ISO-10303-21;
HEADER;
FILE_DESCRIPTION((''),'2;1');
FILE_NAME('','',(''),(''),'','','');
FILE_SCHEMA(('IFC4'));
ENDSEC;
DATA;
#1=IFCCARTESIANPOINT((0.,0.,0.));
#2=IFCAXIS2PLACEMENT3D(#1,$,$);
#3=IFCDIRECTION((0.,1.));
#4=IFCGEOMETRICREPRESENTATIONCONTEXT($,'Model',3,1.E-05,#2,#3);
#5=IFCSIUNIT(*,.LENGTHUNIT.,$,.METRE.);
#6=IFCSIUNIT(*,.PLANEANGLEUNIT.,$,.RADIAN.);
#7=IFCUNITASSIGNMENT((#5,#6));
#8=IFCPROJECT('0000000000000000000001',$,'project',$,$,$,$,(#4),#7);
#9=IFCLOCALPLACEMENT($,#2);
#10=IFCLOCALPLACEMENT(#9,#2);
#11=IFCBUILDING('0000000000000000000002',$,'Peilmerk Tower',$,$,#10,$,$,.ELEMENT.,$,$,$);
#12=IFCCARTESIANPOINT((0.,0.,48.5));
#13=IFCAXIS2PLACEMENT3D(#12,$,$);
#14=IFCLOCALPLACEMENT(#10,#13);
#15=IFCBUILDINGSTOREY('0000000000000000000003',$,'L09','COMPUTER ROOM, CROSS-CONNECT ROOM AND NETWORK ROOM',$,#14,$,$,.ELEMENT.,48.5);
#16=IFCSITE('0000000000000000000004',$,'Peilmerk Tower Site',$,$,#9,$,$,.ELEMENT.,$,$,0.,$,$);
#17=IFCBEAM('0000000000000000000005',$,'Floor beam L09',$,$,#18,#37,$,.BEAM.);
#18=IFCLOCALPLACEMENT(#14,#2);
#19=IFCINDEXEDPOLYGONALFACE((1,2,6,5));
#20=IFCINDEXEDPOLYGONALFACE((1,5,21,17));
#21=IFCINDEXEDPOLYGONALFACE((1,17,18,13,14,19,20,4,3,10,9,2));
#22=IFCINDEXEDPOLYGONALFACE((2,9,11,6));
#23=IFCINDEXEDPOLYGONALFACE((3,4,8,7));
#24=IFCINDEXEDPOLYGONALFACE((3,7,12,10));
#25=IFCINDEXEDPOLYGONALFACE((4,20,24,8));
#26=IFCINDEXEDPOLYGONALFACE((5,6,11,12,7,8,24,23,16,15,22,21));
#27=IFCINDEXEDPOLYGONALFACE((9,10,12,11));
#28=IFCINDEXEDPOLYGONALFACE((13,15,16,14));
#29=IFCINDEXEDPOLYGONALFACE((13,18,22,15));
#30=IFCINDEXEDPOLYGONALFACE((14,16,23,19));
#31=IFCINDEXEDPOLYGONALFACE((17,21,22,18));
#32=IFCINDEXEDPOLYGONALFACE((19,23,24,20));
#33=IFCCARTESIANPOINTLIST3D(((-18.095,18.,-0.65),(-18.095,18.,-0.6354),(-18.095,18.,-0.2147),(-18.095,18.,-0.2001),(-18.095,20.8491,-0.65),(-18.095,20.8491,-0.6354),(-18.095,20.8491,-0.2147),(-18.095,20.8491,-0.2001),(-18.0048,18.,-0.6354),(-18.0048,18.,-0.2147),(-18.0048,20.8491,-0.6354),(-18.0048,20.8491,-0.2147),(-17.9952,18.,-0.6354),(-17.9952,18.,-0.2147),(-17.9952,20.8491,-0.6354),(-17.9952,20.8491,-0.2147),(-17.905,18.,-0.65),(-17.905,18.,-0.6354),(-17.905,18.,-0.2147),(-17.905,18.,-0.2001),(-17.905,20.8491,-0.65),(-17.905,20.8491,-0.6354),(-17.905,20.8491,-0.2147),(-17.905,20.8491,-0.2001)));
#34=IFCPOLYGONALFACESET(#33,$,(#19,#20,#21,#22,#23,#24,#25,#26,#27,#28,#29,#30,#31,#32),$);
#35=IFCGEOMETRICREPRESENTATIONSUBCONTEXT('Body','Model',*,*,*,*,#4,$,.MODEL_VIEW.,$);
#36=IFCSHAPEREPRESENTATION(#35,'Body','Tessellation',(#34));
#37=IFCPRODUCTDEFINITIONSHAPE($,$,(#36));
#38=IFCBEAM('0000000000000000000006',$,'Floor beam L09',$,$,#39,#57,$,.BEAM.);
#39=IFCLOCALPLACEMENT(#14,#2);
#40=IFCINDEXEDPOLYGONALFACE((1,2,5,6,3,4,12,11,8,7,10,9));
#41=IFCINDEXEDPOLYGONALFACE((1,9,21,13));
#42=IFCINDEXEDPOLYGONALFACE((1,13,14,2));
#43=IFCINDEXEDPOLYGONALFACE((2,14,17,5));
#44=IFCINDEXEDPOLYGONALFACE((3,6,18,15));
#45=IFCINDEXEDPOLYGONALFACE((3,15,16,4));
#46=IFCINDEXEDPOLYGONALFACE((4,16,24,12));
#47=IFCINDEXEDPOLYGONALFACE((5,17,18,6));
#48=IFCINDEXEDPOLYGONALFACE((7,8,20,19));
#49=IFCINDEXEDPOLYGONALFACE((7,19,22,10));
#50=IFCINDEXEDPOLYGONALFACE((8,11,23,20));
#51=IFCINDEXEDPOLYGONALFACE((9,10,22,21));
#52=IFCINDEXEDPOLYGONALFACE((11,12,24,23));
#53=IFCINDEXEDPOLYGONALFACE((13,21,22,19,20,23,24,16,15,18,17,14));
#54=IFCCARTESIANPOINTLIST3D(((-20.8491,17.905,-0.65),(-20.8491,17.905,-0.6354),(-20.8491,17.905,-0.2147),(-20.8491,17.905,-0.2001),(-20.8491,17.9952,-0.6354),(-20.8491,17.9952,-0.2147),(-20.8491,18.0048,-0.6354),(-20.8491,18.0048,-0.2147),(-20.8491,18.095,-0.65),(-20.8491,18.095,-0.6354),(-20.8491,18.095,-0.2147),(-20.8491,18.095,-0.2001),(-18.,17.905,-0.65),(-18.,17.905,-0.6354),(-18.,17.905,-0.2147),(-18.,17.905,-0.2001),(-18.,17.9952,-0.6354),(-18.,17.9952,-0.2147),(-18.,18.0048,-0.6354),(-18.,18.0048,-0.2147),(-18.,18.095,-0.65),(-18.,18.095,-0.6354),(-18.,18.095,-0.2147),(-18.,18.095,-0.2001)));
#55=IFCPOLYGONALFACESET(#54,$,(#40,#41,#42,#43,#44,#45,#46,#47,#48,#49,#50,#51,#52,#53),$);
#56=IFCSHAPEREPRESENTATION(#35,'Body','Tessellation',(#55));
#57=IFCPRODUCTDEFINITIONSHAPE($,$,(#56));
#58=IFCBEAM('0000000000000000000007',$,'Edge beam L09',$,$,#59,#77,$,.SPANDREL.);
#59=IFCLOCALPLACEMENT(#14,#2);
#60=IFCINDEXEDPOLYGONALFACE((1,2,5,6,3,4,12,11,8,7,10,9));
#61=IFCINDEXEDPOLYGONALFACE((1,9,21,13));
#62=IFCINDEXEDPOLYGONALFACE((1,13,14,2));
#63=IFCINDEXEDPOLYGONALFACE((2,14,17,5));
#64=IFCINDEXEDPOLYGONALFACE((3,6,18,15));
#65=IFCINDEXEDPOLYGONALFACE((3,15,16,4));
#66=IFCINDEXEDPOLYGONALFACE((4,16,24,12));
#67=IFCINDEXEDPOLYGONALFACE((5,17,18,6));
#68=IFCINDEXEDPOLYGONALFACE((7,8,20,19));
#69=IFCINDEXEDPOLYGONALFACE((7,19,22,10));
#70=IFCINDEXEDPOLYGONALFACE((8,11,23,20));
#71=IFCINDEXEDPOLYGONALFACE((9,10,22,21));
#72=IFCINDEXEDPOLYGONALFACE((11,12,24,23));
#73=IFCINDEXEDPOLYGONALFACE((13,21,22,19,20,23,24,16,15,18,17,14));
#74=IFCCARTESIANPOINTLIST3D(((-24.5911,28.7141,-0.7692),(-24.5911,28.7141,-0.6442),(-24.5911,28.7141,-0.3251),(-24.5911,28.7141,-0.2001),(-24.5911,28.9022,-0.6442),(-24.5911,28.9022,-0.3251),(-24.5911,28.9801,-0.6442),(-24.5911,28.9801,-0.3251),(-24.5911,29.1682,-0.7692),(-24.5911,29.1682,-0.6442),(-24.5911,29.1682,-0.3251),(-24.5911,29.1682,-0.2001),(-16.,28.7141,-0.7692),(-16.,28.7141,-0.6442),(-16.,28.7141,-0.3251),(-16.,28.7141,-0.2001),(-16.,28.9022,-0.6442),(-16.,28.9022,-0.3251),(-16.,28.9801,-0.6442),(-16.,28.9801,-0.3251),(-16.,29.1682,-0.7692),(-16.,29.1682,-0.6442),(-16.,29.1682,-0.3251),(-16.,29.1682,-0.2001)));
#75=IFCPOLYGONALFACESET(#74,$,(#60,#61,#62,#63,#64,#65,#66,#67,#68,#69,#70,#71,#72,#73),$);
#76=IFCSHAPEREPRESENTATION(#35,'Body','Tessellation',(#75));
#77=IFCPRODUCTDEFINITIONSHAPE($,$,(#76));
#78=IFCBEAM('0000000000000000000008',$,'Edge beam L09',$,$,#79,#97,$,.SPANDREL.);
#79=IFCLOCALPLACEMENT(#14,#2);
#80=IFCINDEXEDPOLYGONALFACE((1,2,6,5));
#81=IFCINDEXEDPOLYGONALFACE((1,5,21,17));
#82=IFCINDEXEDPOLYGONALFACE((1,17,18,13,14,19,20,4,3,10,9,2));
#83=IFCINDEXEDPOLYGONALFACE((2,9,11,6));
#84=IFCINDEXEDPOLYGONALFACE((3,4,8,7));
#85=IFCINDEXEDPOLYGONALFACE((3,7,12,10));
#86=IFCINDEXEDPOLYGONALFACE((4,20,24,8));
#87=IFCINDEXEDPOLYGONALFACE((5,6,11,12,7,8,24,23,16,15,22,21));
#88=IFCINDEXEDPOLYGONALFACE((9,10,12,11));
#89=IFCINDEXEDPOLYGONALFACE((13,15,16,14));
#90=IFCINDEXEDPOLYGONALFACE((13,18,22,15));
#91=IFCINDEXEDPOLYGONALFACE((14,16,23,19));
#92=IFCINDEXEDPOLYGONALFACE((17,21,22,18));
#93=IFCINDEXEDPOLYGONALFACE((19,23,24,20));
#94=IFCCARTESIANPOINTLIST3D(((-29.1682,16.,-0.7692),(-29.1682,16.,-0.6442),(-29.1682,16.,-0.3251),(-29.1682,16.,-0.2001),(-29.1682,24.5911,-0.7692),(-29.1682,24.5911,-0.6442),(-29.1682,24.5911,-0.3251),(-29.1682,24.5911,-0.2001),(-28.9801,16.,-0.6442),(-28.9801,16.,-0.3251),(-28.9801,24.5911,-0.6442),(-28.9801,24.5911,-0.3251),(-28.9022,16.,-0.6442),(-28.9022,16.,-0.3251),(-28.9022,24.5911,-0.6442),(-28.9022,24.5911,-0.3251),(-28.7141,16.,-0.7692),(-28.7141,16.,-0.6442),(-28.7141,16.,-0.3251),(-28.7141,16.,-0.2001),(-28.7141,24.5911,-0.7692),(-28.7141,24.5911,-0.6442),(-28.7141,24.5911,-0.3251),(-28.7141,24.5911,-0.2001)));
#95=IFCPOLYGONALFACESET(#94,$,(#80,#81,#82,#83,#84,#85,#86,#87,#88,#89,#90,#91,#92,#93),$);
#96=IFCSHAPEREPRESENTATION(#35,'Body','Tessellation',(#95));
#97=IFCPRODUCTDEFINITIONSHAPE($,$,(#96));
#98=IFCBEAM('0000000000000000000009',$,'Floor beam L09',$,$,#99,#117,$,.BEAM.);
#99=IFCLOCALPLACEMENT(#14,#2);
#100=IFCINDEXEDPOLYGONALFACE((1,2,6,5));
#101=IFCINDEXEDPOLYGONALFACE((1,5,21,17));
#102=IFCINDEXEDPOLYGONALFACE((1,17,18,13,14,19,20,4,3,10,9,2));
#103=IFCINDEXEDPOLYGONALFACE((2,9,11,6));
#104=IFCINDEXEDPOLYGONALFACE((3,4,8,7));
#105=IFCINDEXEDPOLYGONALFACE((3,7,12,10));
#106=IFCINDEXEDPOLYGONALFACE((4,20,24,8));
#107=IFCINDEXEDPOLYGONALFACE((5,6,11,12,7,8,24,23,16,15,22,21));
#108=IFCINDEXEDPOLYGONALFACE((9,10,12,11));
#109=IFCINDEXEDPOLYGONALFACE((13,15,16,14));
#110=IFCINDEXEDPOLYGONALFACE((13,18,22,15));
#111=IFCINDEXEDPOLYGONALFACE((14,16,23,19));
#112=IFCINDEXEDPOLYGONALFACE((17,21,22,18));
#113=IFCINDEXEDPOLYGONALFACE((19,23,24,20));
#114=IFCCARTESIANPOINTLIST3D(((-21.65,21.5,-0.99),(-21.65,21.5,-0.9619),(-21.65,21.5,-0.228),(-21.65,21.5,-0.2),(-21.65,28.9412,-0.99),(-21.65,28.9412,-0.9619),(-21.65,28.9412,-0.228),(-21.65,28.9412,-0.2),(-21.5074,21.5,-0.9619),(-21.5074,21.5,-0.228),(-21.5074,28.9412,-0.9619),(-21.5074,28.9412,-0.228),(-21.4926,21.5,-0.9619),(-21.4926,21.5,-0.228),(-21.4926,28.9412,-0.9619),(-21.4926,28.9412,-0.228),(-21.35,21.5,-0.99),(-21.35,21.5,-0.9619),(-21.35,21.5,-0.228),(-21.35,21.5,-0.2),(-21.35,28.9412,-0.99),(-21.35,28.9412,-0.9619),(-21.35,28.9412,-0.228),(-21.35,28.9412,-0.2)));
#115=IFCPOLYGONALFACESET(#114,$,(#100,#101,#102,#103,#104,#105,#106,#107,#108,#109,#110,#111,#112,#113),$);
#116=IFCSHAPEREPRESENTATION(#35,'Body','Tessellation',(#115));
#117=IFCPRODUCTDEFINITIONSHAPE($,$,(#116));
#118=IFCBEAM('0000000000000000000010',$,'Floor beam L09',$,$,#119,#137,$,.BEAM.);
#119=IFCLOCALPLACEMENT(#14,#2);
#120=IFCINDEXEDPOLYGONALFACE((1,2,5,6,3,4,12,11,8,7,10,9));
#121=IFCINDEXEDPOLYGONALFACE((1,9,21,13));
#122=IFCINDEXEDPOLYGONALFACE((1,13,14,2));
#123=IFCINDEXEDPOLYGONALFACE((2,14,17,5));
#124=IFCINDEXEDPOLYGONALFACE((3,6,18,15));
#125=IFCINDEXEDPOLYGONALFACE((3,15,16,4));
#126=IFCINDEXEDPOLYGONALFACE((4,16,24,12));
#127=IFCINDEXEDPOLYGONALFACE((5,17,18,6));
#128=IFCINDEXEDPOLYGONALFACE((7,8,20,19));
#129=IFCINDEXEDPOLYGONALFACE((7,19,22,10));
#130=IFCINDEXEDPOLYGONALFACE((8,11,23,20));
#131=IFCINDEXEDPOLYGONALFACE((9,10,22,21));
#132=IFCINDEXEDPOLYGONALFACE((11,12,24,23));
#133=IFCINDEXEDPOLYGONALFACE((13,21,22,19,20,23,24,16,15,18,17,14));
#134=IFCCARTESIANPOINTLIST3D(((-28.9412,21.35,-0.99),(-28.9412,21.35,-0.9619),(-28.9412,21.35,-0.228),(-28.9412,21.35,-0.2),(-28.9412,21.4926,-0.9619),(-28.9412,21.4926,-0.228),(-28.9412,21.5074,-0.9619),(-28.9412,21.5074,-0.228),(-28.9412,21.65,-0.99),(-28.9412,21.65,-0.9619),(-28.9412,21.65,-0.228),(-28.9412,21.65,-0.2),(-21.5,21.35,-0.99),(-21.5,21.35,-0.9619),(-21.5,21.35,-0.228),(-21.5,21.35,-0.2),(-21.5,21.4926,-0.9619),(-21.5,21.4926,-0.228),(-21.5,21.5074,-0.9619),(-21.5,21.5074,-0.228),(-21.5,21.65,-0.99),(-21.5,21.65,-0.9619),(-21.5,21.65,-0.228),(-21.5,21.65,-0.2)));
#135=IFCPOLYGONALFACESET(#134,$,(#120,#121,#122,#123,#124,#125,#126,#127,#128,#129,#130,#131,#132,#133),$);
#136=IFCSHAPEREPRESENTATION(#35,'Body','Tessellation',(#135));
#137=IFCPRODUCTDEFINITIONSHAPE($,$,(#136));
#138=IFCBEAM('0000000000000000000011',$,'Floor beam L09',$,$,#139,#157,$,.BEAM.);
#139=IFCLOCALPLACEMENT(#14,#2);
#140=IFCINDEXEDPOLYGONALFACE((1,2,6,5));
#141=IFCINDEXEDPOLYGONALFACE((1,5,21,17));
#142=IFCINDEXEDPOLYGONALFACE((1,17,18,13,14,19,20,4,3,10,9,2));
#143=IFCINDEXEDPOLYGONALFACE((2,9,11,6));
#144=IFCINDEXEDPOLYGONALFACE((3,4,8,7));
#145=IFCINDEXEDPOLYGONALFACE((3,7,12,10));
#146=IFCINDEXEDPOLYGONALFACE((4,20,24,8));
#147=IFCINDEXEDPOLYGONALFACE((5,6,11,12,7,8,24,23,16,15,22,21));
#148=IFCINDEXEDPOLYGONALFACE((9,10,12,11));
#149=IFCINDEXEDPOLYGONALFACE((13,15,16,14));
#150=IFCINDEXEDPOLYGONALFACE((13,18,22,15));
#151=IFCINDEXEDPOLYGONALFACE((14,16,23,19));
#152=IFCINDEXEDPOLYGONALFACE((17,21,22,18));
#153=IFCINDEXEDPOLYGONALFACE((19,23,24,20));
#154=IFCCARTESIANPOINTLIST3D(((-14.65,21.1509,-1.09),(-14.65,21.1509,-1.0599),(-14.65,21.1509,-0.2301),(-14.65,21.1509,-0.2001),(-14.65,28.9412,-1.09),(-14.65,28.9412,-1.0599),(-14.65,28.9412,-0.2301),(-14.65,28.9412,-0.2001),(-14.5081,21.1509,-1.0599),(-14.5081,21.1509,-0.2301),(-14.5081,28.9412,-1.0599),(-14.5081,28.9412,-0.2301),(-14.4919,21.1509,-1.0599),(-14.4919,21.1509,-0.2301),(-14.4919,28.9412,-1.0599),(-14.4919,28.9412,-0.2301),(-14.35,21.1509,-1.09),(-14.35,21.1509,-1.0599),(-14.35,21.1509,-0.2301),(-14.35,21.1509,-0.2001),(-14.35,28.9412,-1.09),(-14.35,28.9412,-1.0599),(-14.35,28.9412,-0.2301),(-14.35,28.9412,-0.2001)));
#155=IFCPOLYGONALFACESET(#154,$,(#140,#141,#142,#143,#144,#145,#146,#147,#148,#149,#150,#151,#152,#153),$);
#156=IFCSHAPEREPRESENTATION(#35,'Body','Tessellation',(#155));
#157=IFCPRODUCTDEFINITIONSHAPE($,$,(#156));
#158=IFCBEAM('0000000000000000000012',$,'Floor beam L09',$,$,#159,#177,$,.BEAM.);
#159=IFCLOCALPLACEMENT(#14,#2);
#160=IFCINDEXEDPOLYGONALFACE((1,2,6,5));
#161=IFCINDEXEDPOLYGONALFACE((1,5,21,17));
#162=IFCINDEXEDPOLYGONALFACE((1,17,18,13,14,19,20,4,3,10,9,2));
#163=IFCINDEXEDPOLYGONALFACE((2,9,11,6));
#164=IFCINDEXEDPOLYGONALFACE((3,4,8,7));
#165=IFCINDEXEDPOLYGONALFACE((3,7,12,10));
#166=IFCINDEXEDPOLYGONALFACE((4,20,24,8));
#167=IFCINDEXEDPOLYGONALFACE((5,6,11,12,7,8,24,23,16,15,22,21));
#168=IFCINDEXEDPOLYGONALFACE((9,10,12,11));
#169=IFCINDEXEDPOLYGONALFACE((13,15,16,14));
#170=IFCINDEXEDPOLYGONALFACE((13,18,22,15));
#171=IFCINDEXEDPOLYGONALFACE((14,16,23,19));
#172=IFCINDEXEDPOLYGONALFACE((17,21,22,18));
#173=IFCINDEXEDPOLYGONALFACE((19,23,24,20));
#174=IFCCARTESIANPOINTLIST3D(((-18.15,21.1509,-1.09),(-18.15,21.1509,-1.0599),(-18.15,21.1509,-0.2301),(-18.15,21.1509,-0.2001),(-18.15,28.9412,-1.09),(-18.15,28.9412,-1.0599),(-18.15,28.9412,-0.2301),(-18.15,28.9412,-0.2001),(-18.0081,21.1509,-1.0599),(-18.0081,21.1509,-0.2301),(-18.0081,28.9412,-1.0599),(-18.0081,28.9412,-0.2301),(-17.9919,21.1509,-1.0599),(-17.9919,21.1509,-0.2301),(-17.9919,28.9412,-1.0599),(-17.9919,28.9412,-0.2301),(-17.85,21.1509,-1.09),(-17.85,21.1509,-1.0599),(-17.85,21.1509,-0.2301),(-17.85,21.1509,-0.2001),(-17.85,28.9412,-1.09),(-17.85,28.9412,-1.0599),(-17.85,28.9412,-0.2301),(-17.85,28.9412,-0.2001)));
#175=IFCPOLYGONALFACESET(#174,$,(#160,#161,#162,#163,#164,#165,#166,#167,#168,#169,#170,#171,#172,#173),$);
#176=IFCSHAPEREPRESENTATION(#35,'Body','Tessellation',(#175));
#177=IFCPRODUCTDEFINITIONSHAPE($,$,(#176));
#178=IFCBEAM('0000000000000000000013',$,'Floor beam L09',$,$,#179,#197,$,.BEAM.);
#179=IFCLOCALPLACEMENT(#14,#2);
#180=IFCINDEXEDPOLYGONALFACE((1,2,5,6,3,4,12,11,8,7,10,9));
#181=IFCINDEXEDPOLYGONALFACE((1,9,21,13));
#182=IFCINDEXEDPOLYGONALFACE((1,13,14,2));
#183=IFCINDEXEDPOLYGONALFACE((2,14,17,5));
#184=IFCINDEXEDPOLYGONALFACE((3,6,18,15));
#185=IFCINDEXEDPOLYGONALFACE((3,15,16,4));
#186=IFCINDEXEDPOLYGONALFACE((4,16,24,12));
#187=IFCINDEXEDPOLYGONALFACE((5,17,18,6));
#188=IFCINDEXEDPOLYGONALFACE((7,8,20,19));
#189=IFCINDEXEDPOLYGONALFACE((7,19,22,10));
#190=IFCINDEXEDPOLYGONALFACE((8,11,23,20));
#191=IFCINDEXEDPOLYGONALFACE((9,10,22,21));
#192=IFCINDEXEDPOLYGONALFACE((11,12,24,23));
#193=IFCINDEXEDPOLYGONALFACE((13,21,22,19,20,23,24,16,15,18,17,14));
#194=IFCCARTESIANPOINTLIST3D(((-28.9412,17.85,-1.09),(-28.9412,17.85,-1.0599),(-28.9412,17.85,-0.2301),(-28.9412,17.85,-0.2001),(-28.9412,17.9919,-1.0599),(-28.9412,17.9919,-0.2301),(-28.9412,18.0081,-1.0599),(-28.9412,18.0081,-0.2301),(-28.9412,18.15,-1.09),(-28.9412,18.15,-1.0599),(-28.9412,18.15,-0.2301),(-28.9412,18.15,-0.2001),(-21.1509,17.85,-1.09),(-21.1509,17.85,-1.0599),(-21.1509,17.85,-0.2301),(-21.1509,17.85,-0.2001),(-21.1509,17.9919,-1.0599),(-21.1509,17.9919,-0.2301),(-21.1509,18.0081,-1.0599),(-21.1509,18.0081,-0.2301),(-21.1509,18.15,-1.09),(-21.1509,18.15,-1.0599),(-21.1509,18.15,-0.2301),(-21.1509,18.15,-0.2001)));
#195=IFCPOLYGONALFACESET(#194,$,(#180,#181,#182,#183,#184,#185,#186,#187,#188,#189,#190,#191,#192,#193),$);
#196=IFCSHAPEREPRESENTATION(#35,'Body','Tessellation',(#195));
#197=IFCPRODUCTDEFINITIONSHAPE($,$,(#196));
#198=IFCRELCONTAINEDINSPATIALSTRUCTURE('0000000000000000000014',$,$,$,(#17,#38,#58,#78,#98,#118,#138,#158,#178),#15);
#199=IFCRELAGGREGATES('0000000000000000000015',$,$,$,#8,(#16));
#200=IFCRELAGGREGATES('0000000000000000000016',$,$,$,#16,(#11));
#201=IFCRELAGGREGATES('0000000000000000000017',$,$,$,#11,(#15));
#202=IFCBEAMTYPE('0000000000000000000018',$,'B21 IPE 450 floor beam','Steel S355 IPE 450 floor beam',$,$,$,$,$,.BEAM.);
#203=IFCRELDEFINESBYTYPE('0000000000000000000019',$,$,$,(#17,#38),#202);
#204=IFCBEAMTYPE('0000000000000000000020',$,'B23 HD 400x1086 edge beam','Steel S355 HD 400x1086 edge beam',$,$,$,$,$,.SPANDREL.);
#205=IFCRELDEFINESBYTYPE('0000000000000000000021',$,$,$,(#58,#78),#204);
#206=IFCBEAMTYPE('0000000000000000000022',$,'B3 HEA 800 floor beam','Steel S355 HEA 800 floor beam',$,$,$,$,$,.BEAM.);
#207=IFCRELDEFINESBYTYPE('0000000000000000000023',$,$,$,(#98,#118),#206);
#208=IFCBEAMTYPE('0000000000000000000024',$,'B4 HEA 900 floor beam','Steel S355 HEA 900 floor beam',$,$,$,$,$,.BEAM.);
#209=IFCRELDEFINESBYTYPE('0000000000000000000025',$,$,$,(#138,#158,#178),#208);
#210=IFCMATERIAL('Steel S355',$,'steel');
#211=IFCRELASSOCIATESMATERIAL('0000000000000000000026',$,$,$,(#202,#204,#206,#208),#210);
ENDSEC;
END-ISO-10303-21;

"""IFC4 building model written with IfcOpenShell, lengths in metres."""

from ifc_helpers import new_model, si_unit, direction, frame, origin, origin_2d, place, context, subcontext, project, spatial, i_section, extrude, material, material_profile, profile_set, type_object, element, save


model = new_model("IFC4")

# Units and contexts
model_context = context("Model", 3, precision=1e-05, world=origin(), true_north=direction((0.0, 1.0)))
body_context = subcontext(model_context, "Body", "Model", "MODEL_VIEW")
ifc_project = project(units=[si_unit("LENGTHUNIT", "METRE"), si_unit("PLANEANGLEUNIT", "RADIAN")], contexts=[model_context])

# Site, building, storey
site_placement = place(None, origin())
site = spatial("IfcSite", under=ifc_project, at=site_placement, Name="Peilmerk Tower Site", CompositionType="ELEMENT", RefElevation=0.0)
building_placement = place(site_placement, origin())
building = spatial("IfcBuilding", under=site, at=building_placement, Name="Peilmerk Tower", CompositionType="ELEMENT")
storey_placement = place(building_placement, frame((0.0, 0.0, 48.5)))
storey = spatial("IfcBuildingStorey", under=building, at=storey_placement, Name="L09", Description="COMPUTER ROOM, CROSS-CONNECT ROOM AND NETWORK ROOM", CompositionType="ELEMENT", Elevation=48.5)

# Beams
ifc_material_1 = material(Name="Steel S355", Category="steel")
ifc_material_profile_1 = material_profile(ifc_material_1, i_section(OverallWidth=0.1899, OverallDepth=0.45, WebThickness=0.0095, FlangeThickness=0.0146, at=origin_2d()), Name="IPE 450")
ifc_profile_set_1 = profile_set([ifc_material_profile_1], Name="Steel S355")
beam_type_1 = type_object("IfcBeamType", Name="B21 IPE 450 floor beam", Description="Steel S355 IPE 450 floor beam", PredefinedType="BEAM", material=ifc_profile_set_1)
for number, where, z_axis, x_axis, name in (
    (1, (-18.0, 18.0, -0.425), (0.0, 1.0, 0.0), (-1.0, 0.0, 0.0), "Floor beam L09"),
    (2, (-18.0, 18.0, -0.425), (-1.0, 0.0, 0.0), (0.0, -1.0, 0.0), "Floor beam L09"),
):
    element("IfcBeam", number, at=place(storey_placement, frame(where, z_axis=z_axis, x_axis=x_axis)), inside=storey, type_object=beam_type_1, Name=name, PredefinedType="BEAM", context=body_context, shape_type="SweptSolid", body=[
        extrude(i_section(OverallWidth=0.1899, OverallDepth=0.45, WebThickness=0.0095, FlangeThickness=0.0146, at=origin_2d()), origin(), (0.0, 0.0, 1.0), 2.8491),
    ])
ifc_material_profile_2 = material_profile(ifc_material_1, i_section(OverallWidth=0.4541, OverallDepth=0.5691, WebThickness=0.0779, FlangeThickness=0.125, at=origin_2d()), Name="HD 400x1086")
ifc_profile_set_2 = profile_set([ifc_material_profile_2], Name="Steel S355")
beam_type_2 = type_object("IfcBeamType", Name="B23 HD 400x1086 edge beam", Description="Steel S355 HD 400x1086 edge beam", PredefinedType="SPANDREL", material=ifc_profile_set_2)
for number, where, z_axis, x_axis, name in (
    (3, (-16.0, 28.9412, -0.4846), (-1.0, 0.0, 0.0), (0.0, -1.0, 0.0), "Edge beam L09"),
    (4, (-28.9412, 24.5911, -0.4846), (0.0, -1.0, 0.0), (1.0, 0.0, 0.0), "Edge beam L09"),
):
    element("IfcBeam", number, at=place(storey_placement, frame(where, z_axis=z_axis, x_axis=x_axis)), inside=storey, type_object=beam_type_2, Name=name, PredefinedType="SPANDREL", context=body_context, shape_type="SweptSolid", body=[
        extrude(i_section(OverallWidth=0.4541, OverallDepth=0.5691, WebThickness=0.0779, FlangeThickness=0.125, at=origin_2d()), origin(), (0.0, 0.0, 1.0), 8.5911),
    ])
ifc_material_profile_3 = material_profile(ifc_material_1, i_section(OverallWidth=0.3, OverallDepth=0.79, WebThickness=0.0149, FlangeThickness=0.0281, at=origin_2d()), Name="HEA 800")
ifc_profile_set_3 = profile_set([ifc_material_profile_3], Name="Steel S355")
beam_type_3 = type_object("IfcBeamType", Name="B3 HEA 800 floor beam", Description="Steel S355 HEA 800 floor beam", PredefinedType="BEAM", material=ifc_profile_set_3)
for number, where, z_axis, x_axis, name in (
    (5, (-21.5, 21.5, -0.595), (0.0, 1.0, 0.0), (-1.0, 0.0, 0.0), "Floor beam L09"),
    (6, (-21.5, 21.5, -0.595), (-1.0, 0.0, 0.0), (0.0, -1.0, 0.0), "Floor beam L09"),
):
    element("IfcBeam", number, at=place(storey_placement, frame(where, z_axis=z_axis, x_axis=x_axis)), inside=storey, type_object=beam_type_3, Name=name, PredefinedType="BEAM", context=body_context, shape_type="SweptSolid", body=[
        extrude(i_section(OverallWidth=0.3, OverallDepth=0.79, WebThickness=0.0149, FlangeThickness=0.0281, at=origin_2d()), origin(), (0.0, 0.0, 1.0), 7.4412),
    ])
ifc_material_profile_4 = material_profile(ifc_material_1, i_section(OverallWidth=0.3, OverallDepth=0.8899, WebThickness=0.0161, FlangeThickness=0.03, at=origin_2d()), Name="HEA 900")
ifc_profile_set_4 = profile_set([ifc_material_profile_4], Name="Steel S355")
beam_type_4 = type_object("IfcBeamType", Name="B4 HEA 900 floor beam", Description="Steel S355 HEA 900 floor beam", PredefinedType="BEAM", material=ifc_profile_set_4)
for number, where, z_axis, x_axis, name in (
    (7, (-14.5, 21.1509, -0.645), (0.0, 1.0, 0.0), (-1.0, 0.0, 0.0), "Floor beam L09"),
    (8, (-18.0, 21.1509, -0.645), (0.0, 1.0, 0.0), (-1.0, 0.0, 0.0), "Floor beam L09"),
    (9, (-21.1509, 18.0, -0.645), (-1.0, 0.0, 0.0), (0.0, -1.0, 0.0), "Floor beam L09"),
):
    element("IfcBeam", number, at=place(storey_placement, frame(where, z_axis=z_axis, x_axis=x_axis)), inside=storey, type_object=beam_type_4, Name=name, PredefinedType="BEAM", context=body_context, shape_type="SweptSolid", body=[
        extrude(i_section(OverallWidth=0.3, OverallDepth=0.8899, WebThickness=0.0161, FlangeThickness=0.03, at=origin_2d()), origin(), (0.0, 0.0, 1.0), 7.7903),
    ])

save(model, "model.ifc")
